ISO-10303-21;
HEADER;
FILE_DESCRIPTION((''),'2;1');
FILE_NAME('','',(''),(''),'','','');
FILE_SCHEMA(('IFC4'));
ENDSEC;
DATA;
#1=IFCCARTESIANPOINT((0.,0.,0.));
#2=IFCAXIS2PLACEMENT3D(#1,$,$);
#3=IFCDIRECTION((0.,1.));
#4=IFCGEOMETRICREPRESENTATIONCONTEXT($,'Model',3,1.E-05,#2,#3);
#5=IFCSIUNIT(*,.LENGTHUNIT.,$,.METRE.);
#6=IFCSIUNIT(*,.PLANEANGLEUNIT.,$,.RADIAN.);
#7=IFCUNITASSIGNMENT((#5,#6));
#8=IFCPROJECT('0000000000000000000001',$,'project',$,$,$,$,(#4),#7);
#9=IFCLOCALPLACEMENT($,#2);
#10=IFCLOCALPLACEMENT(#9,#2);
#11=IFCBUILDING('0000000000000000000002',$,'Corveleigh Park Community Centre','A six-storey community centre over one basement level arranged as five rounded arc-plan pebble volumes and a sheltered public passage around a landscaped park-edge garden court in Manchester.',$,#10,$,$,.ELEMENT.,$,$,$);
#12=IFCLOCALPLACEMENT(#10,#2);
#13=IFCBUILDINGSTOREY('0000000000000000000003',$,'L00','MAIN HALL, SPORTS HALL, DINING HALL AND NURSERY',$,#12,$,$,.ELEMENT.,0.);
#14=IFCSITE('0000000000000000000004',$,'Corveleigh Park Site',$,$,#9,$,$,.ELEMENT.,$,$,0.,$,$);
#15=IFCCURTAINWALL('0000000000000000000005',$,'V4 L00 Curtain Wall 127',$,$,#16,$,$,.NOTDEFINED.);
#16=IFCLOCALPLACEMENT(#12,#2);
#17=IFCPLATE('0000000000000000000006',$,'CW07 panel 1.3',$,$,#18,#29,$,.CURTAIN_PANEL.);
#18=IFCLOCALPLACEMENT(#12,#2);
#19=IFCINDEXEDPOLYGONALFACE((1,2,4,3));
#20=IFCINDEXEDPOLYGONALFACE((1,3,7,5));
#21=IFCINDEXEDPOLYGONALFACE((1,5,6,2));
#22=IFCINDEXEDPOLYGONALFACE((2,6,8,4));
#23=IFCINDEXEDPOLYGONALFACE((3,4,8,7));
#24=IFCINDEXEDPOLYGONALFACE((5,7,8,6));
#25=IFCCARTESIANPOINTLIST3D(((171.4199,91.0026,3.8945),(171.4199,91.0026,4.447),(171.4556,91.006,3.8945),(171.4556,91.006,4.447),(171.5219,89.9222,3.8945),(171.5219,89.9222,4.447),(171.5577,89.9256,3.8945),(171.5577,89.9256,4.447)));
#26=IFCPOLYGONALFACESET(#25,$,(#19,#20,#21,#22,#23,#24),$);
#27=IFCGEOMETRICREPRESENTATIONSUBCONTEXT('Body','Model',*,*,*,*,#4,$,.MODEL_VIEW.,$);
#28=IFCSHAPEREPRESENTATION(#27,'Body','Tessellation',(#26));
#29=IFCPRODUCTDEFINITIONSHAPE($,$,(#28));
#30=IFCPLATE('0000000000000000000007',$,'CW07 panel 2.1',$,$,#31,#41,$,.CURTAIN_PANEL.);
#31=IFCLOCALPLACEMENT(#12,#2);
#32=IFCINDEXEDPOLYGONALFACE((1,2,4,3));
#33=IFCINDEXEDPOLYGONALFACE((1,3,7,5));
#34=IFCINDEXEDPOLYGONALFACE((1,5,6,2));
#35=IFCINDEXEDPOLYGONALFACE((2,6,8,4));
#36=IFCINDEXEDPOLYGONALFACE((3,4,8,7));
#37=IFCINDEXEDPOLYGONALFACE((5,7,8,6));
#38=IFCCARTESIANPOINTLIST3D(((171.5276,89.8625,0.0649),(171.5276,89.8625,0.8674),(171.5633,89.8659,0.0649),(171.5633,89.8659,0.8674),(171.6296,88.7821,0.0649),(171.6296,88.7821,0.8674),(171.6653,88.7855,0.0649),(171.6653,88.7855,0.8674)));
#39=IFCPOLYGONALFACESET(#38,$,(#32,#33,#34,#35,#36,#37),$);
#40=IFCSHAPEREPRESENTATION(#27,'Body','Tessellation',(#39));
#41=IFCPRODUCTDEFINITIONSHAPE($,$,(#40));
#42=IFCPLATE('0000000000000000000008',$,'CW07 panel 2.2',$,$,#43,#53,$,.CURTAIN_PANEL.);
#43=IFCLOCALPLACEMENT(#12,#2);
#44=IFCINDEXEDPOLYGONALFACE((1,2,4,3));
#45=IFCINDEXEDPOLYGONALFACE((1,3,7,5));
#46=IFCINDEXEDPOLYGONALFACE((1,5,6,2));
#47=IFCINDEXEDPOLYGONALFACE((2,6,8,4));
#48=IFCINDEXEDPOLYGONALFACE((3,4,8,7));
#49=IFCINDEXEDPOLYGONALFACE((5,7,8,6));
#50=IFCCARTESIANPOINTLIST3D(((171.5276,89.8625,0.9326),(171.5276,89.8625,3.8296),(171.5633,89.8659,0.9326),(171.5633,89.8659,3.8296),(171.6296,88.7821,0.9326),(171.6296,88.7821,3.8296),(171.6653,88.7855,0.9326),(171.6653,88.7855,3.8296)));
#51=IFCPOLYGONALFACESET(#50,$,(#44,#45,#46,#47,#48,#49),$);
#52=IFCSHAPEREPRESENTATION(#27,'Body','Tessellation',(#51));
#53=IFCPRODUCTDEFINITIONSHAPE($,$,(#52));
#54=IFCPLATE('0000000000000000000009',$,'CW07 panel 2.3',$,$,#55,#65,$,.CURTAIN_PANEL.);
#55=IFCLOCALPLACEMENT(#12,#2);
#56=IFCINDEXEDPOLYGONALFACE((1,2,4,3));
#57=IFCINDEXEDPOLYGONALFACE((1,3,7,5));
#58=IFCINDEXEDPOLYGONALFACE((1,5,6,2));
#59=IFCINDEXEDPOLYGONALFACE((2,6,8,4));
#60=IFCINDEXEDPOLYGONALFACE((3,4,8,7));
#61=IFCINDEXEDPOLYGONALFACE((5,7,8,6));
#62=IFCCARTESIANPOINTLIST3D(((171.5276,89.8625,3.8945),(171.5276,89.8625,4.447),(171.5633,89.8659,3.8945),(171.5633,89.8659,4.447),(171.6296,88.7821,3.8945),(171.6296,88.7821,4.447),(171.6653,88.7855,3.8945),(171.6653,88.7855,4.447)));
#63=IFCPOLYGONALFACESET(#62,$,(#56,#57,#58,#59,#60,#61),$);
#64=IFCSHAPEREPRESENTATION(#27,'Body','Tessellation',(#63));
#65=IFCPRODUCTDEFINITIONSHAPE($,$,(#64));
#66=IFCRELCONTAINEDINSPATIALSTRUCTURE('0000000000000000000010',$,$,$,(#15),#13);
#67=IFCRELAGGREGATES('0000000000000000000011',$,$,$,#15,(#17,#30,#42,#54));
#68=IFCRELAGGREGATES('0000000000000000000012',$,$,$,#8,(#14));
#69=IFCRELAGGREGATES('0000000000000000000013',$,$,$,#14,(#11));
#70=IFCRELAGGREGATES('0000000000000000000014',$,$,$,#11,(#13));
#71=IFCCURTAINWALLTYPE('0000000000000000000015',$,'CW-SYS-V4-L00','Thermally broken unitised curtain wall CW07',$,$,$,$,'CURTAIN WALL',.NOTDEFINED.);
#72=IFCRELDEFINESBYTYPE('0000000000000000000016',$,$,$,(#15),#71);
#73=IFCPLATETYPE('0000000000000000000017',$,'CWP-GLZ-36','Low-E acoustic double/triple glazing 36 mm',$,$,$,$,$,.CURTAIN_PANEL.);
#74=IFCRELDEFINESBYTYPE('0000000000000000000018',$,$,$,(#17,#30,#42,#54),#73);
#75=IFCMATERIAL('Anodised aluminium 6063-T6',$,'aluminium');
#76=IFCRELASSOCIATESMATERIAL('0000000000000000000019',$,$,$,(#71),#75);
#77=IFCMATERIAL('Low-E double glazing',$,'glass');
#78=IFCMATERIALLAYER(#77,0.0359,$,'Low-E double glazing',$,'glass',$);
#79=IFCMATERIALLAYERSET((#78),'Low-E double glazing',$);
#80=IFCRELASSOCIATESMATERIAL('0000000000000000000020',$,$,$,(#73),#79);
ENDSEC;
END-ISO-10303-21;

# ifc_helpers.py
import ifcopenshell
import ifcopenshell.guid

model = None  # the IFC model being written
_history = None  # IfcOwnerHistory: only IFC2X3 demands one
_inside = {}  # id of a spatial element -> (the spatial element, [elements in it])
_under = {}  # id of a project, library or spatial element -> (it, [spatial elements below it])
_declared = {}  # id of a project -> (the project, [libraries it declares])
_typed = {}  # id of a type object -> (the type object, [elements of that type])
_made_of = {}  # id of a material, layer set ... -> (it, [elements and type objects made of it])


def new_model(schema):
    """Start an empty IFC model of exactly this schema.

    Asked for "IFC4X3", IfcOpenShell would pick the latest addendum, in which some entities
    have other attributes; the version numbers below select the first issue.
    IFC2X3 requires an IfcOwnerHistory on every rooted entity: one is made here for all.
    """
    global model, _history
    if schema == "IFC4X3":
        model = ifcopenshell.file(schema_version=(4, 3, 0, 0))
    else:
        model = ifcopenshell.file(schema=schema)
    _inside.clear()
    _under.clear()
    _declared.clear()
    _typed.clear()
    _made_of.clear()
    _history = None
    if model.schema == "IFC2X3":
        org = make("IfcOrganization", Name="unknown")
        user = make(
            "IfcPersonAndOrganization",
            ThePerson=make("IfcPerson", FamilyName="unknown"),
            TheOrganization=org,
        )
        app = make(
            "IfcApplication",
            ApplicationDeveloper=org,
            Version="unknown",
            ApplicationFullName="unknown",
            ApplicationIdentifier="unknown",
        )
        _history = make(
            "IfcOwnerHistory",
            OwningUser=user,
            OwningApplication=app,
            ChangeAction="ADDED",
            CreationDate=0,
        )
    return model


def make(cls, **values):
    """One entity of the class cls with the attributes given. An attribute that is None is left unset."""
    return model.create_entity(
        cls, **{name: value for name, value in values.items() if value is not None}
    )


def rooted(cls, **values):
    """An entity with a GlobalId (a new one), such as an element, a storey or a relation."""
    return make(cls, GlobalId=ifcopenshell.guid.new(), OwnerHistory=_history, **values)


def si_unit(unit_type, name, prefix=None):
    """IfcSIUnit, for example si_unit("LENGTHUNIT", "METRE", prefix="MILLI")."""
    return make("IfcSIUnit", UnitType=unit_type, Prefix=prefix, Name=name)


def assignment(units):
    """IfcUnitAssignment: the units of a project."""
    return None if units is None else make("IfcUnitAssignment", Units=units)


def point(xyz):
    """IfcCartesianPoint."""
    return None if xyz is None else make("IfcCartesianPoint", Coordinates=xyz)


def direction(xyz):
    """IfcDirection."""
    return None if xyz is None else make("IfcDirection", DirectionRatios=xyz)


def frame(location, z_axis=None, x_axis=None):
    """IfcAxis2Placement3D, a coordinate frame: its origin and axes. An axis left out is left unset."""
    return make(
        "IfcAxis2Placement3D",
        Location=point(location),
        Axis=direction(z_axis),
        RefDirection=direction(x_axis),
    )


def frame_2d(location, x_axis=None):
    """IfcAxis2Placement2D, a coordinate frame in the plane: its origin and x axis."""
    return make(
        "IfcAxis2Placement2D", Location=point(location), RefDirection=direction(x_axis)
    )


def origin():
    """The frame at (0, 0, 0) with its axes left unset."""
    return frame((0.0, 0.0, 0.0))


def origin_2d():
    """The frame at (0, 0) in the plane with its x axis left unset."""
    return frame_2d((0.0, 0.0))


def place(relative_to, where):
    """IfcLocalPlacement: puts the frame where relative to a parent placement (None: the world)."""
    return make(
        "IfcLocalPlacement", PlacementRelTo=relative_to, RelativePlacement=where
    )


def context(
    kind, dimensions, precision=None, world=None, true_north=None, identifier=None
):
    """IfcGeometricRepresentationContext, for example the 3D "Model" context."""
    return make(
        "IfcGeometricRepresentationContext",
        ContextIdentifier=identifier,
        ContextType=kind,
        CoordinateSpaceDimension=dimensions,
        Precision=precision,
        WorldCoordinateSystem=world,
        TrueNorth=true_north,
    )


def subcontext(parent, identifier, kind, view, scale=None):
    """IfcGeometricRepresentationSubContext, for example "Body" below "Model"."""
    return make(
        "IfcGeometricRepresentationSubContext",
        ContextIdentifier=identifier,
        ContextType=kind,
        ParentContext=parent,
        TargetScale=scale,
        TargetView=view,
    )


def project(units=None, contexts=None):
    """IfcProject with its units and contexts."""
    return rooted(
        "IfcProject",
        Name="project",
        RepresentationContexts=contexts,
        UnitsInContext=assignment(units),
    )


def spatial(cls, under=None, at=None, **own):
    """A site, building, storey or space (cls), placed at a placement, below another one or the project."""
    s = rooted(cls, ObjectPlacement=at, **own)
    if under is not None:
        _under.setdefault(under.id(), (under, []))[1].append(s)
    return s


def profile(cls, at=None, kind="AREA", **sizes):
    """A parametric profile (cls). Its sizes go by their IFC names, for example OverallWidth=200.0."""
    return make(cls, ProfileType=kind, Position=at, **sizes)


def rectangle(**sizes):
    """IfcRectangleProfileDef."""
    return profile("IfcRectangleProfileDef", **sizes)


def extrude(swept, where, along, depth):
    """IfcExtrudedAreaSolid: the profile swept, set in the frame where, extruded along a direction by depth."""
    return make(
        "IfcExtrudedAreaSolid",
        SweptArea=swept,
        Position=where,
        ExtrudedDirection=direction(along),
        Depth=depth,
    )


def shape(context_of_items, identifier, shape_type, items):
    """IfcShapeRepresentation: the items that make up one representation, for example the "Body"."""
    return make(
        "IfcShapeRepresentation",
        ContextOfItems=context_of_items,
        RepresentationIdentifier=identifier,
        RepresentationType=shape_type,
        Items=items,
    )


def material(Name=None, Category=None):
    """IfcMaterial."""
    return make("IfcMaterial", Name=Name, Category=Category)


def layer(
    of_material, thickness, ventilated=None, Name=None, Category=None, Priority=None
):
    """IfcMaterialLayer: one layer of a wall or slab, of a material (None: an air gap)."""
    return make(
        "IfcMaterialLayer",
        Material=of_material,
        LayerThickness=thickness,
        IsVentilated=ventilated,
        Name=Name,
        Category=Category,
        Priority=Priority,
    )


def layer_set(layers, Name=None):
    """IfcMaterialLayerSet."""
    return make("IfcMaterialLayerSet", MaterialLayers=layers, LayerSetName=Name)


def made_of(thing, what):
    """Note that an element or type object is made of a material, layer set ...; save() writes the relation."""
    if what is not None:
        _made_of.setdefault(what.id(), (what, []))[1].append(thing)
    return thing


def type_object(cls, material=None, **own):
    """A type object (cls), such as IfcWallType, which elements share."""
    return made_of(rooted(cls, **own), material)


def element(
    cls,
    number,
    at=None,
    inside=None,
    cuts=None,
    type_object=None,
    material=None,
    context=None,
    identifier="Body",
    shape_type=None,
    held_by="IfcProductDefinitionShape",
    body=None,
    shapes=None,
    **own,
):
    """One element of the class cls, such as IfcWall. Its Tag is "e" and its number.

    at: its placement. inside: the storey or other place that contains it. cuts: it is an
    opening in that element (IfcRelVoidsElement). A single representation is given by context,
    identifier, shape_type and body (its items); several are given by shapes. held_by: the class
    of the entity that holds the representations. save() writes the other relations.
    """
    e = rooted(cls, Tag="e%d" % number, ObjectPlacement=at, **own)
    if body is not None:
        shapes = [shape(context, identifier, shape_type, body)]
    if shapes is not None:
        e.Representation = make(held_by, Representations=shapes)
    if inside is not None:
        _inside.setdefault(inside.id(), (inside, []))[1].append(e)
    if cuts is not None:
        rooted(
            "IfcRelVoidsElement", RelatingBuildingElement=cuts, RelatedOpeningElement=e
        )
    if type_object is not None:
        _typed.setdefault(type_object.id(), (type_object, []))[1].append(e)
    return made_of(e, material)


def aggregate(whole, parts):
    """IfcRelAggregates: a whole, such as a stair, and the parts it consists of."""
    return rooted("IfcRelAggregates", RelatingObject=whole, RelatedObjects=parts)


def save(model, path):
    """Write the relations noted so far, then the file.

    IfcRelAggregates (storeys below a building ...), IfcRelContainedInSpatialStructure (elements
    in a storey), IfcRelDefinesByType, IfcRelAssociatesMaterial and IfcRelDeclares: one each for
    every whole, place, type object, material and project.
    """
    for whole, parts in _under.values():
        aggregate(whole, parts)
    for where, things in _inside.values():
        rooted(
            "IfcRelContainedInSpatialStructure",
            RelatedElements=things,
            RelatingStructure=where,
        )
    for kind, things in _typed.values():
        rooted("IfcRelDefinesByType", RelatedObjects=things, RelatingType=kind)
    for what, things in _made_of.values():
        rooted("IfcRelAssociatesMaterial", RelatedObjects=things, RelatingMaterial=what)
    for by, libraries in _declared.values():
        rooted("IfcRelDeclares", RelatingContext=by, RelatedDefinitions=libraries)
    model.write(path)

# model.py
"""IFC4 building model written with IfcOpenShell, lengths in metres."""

from ifc_helpers import new_model, si_unit, direction, frame, origin, origin_2d, place, context, subcontext, project, spatial, rectangle, extrude, material, layer, layer_set, type_object, element, aggregate, save


model = new_model("IFC4")

# Units and contexts
model_context = context("Model", 3, precision=1e-05, world=origin(), true_north=direction((0.0, 1.0)))
body_context = subcontext(model_context, "Body", "Model", "MODEL_VIEW")
ifc_project = project(units=[si_unit("LENGTHUNIT", "METRE"), si_unit("PLANEANGLEUNIT", "RADIAN")], contexts=[model_context])

# Site, building, storey
site_placement = place(None, origin())
site = spatial("IfcSite", under=ifc_project, at=site_placement, Name="Corveleigh Park Site", CompositionType="ELEMENT", RefElevation=0.0)
building_placement = place(site_placement, origin())
building = spatial("IfcBuilding", under=site, at=building_placement, Name="Corveleigh Park Community Centre", Description="A six-storey community centre over one basement level arranged as five rounded arc-plan pebble volumes and a sheltered public passage around a landscaped park-edge garden court in Manchester.", CompositionType="ELEMENT")
storey_placement = place(building_placement, origin())
storey = spatial("IfcBuildingStorey", under=building, at=storey_placement, Name="L00", Description="MAIN HALL, SPORTS HALL, DINING HALL AND NURSERY", CompositionType="ELEMENT", Elevation=0.0)

# Curtain wall
ifc_material_1 = material(Name="Anodised aluminium 6063-T6", Category="aluminium")
curtain_wall_type = type_object("IfcCurtainWallType", Name="CW-SYS-V4-L00", Description="Thermally broken unitised curtain wall CW07", ElementType="CURTAIN WALL", PredefinedType="NOTDEFINED", material=ifc_material_1)
curtain_wall_1_placement = place(storey_placement, origin())
curtain_wall_1 = element("IfcCurtainWall", 1, at=curtain_wall_1_placement, inside=storey, type_object=curtain_wall_type, Name="V4 L00 Curtain Wall 127", PredefinedType="NOTDEFINED")

# Plates
ifc_material_2 = material(Name="Low-E double glazing", Category="glass")
ifc_layer_1 = layer(ifc_material_2, 0.0359, Name="Low-E double glazing", Category="glass")
ifc_layer_set_1 = layer_set([ifc_layer_1], Name="Low-E double glazing")
plate_type_1 = type_object("IfcPlateType", Name="CWP-GLZ-36", Description="Low-E acoustic double/triple glazing 36 mm", PredefinedType="CURTAIN_PANEL", material=ifc_layer_set_1)
plate_1_placement = place(storey_placement, frame((171.4888, 90.4641, 3.8945), z_axis=(0.0, 0.0, 1.0), x_axis=(0.094026, -0.99557, 0.0)))
plate_1 = element("IfcPlate", 2, at=plate_1_placement, type_object=plate_type_1, Name="CW07 panel 1.3", PredefinedType="CURTAIN_PANEL", context=body_context, shape_type="SweptSolid", body=[
    extrude(rectangle(XDim=1.0852, YDim=0.0359, at=origin_2d()), origin(), (0.0, 0.0, 1.0), 0.5525),
])
plate_2_placement = place(storey_placement, frame((171.5964, 89.324, 0.0649), z_axis=(0.0, 0.0, 1.0), x_axis=(0.094026, -0.99557, 0.0)))
plate_2 = element("IfcPlate", 3, at=plate_2_placement, type_object=plate_type_1, Name="CW07 panel 2.1", PredefinedType="CURTAIN_PANEL", context=body_context, shape_type="SweptSolid", body=[
    extrude(rectangle(XDim=1.0852, YDim=0.0359, at=origin_2d()), origin(), (0.0, 0.0, 1.0), 0.8025),
])
plate_3_placement = place(storey_placement, frame((171.5964, 89.324, 0.9326), z_axis=(0.0, 0.0, 1.0), x_axis=(0.094026, -0.99557, 0.0)))
plate_3 = element("IfcPlate", 4, at=plate_3_placement, type_object=plate_type_1, Name="CW07 panel 2.2", PredefinedType="CURTAIN_PANEL", context=body_context, shape_type="SweptSolid", body=[
    extrude(rectangle(XDim=1.0852, YDim=0.0359, at=origin_2d()), origin(), (0.0, 0.0, 1.0), 2.897),
])
plate_4_placement = place(storey_placement, frame((171.5964, 89.324, 3.8945), z_axis=(0.0, 0.0, 1.0), x_axis=(0.094026, -0.99557, 0.0)))
plate_4 = element("IfcPlate", 5, at=plate_4_placement, type_object=plate_type_1, Name="CW07 panel 2.3", PredefinedType="CURTAIN_PANEL", context=body_context, shape_type="SweptSolid", body=[
    extrude(rectangle(XDim=1.0852, YDim=0.0359, at=origin_2d()), origin(), (0.0, 0.0, 1.0), 0.5525),
])
aggregate(curtain_wall_1, [plate_1, plate_2, plate_3, plate_4])

save(model, "model.ifc")
